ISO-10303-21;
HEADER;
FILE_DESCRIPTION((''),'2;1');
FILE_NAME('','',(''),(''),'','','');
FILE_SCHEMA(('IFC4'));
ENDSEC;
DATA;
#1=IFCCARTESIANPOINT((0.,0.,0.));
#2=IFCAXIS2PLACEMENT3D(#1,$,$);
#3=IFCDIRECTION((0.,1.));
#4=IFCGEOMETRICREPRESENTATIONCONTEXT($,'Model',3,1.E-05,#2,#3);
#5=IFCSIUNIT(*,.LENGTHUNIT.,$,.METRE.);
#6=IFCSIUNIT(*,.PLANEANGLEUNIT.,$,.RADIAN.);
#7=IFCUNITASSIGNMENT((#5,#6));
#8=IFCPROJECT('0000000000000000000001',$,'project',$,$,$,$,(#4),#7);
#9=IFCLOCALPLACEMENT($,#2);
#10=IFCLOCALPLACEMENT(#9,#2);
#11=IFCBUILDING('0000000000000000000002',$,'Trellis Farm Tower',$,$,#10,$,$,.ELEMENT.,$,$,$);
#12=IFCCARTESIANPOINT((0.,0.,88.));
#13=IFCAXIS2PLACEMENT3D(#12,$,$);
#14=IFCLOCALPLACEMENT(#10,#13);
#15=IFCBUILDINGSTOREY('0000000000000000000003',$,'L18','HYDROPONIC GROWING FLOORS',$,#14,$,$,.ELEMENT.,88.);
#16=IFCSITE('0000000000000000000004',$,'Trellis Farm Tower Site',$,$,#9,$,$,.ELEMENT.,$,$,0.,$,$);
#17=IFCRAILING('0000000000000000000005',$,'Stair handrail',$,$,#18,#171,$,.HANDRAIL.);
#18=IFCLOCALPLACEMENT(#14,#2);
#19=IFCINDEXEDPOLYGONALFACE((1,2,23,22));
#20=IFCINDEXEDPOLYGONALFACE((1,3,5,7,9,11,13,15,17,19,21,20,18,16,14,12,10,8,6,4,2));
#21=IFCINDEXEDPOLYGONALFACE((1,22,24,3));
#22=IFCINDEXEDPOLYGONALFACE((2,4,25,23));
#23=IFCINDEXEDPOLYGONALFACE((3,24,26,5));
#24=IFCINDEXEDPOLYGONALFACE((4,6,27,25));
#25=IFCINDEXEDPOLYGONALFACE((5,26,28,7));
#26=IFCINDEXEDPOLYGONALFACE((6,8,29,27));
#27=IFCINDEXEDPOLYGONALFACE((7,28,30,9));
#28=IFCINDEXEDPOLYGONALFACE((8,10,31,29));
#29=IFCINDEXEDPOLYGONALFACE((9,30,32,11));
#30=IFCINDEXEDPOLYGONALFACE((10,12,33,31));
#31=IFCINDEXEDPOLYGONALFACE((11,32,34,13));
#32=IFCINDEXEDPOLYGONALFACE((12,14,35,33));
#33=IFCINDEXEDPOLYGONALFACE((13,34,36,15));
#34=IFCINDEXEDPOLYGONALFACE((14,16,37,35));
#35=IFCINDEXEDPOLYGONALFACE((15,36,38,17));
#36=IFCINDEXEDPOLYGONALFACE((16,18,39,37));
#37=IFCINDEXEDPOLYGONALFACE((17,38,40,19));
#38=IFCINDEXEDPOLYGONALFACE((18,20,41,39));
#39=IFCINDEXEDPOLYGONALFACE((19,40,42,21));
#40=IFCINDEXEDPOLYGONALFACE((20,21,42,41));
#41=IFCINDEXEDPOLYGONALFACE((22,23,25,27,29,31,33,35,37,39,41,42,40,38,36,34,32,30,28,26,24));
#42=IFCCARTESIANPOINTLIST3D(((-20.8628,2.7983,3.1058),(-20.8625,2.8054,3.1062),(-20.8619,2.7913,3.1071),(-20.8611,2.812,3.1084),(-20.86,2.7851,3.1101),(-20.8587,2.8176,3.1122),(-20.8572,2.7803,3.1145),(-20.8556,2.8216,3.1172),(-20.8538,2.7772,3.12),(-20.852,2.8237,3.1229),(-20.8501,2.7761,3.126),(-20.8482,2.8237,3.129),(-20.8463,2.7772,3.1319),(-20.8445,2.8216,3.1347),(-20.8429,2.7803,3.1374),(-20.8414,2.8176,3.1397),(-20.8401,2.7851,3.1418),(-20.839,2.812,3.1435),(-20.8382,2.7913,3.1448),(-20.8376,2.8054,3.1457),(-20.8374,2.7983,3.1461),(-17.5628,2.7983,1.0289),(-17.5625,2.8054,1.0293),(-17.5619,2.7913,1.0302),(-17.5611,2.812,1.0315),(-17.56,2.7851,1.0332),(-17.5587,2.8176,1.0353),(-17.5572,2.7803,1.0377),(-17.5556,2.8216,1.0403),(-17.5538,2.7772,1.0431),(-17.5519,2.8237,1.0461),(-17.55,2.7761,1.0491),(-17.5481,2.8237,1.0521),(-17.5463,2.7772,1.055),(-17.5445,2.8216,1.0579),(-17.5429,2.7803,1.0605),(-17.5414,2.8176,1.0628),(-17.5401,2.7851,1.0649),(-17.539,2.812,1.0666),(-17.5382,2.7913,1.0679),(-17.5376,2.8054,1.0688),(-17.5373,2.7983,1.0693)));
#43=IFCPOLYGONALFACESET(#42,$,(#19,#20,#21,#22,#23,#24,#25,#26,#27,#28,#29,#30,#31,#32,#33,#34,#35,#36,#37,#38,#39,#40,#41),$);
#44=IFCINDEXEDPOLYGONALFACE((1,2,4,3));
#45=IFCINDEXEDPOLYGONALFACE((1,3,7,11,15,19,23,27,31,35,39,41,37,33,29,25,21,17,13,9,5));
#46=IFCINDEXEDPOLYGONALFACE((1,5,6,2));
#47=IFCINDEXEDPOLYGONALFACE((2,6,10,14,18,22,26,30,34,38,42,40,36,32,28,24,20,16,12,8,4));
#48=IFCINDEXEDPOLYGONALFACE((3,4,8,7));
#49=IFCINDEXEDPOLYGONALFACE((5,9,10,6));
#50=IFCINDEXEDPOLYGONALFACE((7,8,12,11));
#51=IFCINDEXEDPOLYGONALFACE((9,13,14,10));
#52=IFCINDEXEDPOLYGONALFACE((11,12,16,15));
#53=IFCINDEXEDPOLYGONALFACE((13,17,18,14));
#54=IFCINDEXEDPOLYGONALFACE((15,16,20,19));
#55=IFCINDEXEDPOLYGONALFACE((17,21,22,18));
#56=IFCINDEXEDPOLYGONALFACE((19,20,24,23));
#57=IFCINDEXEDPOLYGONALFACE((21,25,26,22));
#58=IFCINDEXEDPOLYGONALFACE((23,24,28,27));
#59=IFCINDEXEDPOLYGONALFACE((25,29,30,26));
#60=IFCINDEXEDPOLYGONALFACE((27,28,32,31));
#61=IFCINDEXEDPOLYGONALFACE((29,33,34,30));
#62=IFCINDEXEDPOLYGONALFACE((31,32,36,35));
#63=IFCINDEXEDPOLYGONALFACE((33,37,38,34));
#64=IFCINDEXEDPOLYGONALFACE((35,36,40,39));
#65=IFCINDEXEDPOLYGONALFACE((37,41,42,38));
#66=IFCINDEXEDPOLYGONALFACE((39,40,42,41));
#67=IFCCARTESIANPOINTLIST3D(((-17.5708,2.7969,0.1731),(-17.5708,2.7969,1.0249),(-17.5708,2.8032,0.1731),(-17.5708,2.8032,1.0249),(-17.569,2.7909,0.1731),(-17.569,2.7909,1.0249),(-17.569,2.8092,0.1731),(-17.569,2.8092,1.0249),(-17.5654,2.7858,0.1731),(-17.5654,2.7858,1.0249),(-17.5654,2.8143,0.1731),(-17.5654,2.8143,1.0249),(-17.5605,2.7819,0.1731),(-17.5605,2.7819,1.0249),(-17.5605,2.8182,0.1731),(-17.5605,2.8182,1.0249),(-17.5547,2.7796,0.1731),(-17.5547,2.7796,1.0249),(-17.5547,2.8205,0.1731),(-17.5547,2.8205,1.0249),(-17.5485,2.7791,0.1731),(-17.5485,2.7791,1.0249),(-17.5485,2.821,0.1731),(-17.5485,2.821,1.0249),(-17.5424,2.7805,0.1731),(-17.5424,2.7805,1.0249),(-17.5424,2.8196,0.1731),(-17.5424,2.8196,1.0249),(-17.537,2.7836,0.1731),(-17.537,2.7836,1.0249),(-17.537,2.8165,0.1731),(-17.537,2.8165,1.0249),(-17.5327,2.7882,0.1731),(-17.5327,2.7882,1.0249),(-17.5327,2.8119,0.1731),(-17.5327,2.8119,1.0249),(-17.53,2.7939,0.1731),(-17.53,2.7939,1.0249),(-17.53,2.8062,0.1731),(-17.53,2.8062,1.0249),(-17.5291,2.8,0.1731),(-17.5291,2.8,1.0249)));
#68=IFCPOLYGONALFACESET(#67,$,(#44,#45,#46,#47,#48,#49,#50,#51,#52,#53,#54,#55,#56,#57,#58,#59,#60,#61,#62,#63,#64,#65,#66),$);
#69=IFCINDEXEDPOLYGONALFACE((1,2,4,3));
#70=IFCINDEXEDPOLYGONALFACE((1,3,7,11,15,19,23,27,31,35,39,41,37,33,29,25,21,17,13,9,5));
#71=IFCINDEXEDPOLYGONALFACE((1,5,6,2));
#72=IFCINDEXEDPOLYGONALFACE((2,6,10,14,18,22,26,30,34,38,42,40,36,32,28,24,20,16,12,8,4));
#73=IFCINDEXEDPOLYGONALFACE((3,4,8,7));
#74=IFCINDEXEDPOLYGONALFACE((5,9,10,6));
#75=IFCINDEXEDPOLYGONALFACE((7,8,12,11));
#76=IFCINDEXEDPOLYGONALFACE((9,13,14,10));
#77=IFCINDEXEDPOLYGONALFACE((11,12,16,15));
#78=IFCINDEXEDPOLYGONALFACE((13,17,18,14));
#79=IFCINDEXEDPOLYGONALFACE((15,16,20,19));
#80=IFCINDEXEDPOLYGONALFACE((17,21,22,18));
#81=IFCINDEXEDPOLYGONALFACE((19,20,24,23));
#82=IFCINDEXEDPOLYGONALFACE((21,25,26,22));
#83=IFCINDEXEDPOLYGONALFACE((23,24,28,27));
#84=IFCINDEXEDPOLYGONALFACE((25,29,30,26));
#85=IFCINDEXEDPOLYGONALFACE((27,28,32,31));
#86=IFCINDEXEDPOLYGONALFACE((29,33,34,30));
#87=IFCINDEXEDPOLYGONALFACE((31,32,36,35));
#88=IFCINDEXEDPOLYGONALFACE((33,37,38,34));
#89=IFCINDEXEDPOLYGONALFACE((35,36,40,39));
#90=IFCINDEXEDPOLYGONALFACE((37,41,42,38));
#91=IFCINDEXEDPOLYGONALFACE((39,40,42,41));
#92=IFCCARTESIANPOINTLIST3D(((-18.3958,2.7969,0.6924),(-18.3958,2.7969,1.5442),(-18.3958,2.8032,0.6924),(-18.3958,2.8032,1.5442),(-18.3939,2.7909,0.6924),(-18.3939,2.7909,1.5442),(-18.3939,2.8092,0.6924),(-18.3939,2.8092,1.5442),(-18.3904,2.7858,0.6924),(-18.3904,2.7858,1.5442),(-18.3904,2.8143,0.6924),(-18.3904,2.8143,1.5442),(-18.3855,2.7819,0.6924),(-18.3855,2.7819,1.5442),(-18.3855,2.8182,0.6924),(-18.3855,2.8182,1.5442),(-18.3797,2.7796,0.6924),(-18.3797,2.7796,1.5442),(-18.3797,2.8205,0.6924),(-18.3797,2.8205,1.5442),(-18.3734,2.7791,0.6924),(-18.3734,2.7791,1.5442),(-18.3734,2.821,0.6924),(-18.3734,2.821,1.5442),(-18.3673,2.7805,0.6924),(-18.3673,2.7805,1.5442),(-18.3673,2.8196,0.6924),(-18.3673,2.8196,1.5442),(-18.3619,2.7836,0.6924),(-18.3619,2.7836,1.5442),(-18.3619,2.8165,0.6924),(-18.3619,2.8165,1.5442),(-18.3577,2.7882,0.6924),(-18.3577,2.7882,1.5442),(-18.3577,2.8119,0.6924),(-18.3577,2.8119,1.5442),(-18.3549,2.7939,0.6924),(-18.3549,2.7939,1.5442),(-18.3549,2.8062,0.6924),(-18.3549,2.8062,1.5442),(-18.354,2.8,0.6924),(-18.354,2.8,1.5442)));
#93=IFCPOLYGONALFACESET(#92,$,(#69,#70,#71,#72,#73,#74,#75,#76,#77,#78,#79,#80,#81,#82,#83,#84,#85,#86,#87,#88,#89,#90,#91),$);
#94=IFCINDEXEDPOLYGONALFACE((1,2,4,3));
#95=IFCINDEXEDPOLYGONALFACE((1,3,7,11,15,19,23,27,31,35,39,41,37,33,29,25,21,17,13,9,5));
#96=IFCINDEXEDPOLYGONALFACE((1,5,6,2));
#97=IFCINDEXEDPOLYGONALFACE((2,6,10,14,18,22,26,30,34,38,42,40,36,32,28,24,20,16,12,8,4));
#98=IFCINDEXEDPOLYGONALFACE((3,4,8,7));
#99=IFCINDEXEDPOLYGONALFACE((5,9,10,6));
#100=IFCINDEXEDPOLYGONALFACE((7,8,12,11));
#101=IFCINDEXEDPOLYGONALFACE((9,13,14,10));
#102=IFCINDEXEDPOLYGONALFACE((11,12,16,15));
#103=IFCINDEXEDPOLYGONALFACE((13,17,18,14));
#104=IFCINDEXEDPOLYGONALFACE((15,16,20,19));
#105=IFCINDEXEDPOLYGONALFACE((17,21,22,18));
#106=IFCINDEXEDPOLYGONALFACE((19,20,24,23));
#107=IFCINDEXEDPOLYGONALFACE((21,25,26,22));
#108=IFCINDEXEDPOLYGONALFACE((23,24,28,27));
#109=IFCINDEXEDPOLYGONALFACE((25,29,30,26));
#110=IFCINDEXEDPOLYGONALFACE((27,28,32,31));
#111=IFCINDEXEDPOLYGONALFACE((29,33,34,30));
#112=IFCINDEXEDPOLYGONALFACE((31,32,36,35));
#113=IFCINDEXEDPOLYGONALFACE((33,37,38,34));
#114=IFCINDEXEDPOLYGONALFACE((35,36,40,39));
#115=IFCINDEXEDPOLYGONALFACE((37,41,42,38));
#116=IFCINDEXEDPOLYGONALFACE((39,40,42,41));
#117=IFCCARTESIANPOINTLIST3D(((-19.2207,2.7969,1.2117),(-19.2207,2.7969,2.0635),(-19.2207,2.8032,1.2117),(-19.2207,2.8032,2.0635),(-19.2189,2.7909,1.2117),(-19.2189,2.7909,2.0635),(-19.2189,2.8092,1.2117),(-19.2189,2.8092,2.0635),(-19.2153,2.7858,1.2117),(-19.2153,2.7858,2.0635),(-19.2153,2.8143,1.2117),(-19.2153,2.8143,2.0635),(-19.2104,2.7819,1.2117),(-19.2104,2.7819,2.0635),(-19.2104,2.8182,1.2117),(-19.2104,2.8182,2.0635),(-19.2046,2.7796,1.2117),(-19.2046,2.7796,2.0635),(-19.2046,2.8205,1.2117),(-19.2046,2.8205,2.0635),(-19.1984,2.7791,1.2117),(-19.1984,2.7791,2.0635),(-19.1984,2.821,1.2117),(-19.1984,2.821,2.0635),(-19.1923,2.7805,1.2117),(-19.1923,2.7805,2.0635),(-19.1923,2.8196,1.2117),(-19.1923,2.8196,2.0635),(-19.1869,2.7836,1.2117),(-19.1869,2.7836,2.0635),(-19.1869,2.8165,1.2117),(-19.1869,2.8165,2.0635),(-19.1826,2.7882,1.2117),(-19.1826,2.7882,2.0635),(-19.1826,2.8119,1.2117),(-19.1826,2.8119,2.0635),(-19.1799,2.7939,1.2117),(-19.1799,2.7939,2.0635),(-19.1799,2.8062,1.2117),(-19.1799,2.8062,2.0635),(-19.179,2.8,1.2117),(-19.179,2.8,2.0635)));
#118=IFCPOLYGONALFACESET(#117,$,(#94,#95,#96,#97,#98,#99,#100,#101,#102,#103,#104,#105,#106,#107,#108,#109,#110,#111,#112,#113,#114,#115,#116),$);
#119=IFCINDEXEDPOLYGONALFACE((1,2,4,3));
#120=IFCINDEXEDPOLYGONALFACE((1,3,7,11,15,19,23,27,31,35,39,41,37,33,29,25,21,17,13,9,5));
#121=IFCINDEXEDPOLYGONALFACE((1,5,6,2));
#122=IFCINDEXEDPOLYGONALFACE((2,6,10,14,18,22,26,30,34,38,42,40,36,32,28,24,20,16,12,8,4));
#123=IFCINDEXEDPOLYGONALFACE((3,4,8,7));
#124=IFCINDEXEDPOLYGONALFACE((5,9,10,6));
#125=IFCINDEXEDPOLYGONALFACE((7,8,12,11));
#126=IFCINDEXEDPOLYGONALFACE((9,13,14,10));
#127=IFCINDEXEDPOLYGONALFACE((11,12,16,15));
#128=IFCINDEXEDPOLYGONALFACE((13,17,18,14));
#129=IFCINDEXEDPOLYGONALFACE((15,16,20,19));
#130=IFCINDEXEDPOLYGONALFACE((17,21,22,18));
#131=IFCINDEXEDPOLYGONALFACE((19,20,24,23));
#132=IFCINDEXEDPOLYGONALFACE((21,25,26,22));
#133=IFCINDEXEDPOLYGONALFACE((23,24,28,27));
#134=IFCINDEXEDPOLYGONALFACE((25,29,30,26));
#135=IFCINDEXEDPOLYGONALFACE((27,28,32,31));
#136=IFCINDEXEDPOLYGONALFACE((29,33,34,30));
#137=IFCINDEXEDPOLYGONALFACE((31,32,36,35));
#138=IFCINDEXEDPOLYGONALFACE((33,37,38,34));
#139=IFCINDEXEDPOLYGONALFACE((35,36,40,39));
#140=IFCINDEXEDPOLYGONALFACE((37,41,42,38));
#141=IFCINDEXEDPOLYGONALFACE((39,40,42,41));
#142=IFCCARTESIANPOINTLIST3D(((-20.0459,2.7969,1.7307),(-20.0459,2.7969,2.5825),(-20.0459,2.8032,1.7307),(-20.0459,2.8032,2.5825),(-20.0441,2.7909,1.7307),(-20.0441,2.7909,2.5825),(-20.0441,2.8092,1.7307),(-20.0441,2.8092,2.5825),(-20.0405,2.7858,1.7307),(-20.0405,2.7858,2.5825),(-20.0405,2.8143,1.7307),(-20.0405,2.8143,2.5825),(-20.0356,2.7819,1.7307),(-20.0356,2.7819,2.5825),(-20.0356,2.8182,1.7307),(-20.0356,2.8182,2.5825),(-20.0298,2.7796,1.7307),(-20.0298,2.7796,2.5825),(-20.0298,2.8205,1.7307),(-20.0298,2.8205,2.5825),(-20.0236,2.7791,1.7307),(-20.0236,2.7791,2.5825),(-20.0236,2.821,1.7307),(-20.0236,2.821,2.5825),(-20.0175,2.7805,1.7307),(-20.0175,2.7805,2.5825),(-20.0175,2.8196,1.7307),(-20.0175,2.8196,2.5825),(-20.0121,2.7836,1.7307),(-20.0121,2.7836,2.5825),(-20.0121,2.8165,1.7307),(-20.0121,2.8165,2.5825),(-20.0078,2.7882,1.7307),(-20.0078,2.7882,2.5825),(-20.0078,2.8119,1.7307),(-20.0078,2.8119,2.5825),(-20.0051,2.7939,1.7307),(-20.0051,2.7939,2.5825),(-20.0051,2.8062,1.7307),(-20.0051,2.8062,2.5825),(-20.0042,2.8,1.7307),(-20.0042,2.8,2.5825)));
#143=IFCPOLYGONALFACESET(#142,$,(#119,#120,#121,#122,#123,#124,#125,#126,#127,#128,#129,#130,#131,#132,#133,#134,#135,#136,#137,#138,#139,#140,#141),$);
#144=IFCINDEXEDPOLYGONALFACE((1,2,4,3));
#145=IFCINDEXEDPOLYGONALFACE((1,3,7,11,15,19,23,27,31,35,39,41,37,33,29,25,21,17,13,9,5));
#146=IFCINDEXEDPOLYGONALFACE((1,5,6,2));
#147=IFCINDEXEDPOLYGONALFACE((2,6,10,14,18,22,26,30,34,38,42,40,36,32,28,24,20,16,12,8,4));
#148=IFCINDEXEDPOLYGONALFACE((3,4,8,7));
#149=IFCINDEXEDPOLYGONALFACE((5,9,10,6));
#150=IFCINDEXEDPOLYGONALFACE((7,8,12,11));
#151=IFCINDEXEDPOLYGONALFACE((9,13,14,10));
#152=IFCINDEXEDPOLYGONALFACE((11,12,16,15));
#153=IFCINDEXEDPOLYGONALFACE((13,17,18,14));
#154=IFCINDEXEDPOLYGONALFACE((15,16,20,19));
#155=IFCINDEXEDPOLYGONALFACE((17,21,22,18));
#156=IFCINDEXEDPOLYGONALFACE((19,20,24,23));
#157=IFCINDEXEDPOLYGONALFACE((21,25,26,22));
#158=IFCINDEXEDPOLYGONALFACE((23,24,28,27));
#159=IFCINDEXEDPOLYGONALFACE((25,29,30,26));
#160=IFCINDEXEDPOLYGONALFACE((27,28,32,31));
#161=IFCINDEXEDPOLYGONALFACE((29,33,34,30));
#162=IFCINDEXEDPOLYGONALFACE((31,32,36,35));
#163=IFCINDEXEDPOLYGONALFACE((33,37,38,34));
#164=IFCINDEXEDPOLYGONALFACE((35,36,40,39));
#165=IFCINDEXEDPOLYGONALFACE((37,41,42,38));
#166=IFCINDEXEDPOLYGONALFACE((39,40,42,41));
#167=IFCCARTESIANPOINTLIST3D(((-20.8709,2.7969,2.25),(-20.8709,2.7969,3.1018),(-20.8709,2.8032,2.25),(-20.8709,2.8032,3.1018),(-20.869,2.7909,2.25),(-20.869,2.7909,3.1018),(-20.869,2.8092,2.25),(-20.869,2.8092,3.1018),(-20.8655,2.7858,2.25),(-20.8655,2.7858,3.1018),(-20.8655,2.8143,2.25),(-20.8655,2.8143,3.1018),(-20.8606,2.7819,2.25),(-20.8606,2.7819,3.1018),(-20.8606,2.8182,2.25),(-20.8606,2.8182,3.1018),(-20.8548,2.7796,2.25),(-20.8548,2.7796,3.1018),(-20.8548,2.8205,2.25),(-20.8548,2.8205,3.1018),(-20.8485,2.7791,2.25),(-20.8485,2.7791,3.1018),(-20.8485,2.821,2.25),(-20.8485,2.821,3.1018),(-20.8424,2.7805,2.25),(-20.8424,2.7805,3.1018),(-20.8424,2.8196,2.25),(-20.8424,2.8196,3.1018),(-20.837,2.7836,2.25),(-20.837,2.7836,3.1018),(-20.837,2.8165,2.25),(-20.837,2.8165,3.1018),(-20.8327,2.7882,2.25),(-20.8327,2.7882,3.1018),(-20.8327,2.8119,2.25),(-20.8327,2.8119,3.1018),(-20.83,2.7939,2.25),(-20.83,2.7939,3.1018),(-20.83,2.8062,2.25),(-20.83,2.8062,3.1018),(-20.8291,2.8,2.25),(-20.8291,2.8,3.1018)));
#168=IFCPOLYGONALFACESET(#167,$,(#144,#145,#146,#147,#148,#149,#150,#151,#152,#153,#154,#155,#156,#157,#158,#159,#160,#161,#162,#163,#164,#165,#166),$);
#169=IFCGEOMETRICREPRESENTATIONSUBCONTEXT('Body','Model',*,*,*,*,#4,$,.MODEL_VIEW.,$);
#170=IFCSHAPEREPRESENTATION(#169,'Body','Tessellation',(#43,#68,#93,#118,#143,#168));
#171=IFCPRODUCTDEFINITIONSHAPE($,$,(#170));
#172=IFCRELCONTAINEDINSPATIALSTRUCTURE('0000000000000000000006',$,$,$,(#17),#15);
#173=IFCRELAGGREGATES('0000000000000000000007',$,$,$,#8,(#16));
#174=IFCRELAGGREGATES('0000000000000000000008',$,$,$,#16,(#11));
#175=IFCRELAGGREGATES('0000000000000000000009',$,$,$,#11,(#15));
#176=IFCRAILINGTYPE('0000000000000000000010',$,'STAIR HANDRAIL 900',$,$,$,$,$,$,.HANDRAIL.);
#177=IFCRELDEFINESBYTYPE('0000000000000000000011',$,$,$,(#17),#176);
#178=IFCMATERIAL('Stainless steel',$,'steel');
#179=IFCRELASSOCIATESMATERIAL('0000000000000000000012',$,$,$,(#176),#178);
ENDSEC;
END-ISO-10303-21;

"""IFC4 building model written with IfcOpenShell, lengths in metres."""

from ifc_helpers import new_model, si_unit, direction, frame, origin, origin_2d, place, context, subcontext, project, spatial, circle, extrude, source, transform, mapped, material, type_object, element, save


model = new_model("IFC4")

# Units and contexts
model_context = context("Model", 3, precision=1e-05, world=origin(), true_north=direction((0.0, 1.0)))
body_context = subcontext(model_context, "Body", "Model", "MODEL_VIEW")
ifc_project = project(units=[si_unit("LENGTHUNIT", "METRE"), si_unit("PLANEANGLEUNIT", "RADIAN")], contexts=[model_context])

# Site, building, storey
site_placement = place(None, origin())
site = spatial("IfcSite", under=ifc_project, at=site_placement, Name="Trellis Farm Tower Site", CompositionType="ELEMENT", RefElevation=0.0)
building_placement = place(site_placement, origin())
building = spatial("IfcBuilding", under=site, at=building_placement, Name="Trellis Farm Tower", CompositionType="ELEMENT")
storey_placement = place(building_placement, frame((0.0, 0.0, 88.0)))
storey = spatial("IfcBuildingStorey", under=building, at=storey_placement, Name="L18", Description="HYDROPONIC GROWING FLOORS", CompositionType="ELEMENT", Elevation=88.0)

# Railing
ifc_material_1 = material(Name="Stainless steel", Category="steel")
railing_type = type_object("IfcRailingType", Name="STAIR HANDRAIL 900", PredefinedType="HANDRAIL", material=ifc_material_1)
shared_shape_1 = source(origin(), body_context, "Body", "SweptSolid", [
    extrude(circle(Radius=0.0239, at=origin_2d()), frame((0.0, 0.0, 0.876), z_axis=(-0.846337, 0.0, 0.532647), x_axis=(0.0, -1.0, 0.0)), (0.0, 0.0, 1.0), 3.8992),
    extrude(circle(Radius=0.021, at=origin_2d()), origin(), (0.0, 0.0, 1.0), 0.8518),
    extrude(circle(Radius=0.021, at=origin_2d()), frame((-0.825, 0.0, 0.5193)), (0.0, 0.0, 1.0), 0.8518),
    extrude(circle(Radius=0.021, at=origin_2d()), frame((-1.6499, 0.0, 1.0386)), (0.0, 0.0, 1.0), 0.8518),
    extrude(circle(Radius=0.021, at=origin_2d()), frame((-2.4751, 0.0, 1.5576)), (0.0, 0.0, 1.0), 0.8518),
    extrude(circle(Radius=0.021, at=origin_2d()), frame((-3.3, 0.0, 2.0769)), (0.0, 0.0, 1.0), 0.8518),
])
for number, where, name in (
    (1, (-17.55, 2.8, 0.1731), "Stair handrail"),
):
    element("IfcRailing", number, at=place(storey_placement, frame(where)), inside=storey, type_object=railing_type, Name=name, PredefinedType="HANDRAIL", context=body_context, shape_type="MappedRepresentation", body=[
        mapped(shared_shape_1, transform((0.0, 0.0, 0.0))),
    ])

save(model, "model.ifc")
